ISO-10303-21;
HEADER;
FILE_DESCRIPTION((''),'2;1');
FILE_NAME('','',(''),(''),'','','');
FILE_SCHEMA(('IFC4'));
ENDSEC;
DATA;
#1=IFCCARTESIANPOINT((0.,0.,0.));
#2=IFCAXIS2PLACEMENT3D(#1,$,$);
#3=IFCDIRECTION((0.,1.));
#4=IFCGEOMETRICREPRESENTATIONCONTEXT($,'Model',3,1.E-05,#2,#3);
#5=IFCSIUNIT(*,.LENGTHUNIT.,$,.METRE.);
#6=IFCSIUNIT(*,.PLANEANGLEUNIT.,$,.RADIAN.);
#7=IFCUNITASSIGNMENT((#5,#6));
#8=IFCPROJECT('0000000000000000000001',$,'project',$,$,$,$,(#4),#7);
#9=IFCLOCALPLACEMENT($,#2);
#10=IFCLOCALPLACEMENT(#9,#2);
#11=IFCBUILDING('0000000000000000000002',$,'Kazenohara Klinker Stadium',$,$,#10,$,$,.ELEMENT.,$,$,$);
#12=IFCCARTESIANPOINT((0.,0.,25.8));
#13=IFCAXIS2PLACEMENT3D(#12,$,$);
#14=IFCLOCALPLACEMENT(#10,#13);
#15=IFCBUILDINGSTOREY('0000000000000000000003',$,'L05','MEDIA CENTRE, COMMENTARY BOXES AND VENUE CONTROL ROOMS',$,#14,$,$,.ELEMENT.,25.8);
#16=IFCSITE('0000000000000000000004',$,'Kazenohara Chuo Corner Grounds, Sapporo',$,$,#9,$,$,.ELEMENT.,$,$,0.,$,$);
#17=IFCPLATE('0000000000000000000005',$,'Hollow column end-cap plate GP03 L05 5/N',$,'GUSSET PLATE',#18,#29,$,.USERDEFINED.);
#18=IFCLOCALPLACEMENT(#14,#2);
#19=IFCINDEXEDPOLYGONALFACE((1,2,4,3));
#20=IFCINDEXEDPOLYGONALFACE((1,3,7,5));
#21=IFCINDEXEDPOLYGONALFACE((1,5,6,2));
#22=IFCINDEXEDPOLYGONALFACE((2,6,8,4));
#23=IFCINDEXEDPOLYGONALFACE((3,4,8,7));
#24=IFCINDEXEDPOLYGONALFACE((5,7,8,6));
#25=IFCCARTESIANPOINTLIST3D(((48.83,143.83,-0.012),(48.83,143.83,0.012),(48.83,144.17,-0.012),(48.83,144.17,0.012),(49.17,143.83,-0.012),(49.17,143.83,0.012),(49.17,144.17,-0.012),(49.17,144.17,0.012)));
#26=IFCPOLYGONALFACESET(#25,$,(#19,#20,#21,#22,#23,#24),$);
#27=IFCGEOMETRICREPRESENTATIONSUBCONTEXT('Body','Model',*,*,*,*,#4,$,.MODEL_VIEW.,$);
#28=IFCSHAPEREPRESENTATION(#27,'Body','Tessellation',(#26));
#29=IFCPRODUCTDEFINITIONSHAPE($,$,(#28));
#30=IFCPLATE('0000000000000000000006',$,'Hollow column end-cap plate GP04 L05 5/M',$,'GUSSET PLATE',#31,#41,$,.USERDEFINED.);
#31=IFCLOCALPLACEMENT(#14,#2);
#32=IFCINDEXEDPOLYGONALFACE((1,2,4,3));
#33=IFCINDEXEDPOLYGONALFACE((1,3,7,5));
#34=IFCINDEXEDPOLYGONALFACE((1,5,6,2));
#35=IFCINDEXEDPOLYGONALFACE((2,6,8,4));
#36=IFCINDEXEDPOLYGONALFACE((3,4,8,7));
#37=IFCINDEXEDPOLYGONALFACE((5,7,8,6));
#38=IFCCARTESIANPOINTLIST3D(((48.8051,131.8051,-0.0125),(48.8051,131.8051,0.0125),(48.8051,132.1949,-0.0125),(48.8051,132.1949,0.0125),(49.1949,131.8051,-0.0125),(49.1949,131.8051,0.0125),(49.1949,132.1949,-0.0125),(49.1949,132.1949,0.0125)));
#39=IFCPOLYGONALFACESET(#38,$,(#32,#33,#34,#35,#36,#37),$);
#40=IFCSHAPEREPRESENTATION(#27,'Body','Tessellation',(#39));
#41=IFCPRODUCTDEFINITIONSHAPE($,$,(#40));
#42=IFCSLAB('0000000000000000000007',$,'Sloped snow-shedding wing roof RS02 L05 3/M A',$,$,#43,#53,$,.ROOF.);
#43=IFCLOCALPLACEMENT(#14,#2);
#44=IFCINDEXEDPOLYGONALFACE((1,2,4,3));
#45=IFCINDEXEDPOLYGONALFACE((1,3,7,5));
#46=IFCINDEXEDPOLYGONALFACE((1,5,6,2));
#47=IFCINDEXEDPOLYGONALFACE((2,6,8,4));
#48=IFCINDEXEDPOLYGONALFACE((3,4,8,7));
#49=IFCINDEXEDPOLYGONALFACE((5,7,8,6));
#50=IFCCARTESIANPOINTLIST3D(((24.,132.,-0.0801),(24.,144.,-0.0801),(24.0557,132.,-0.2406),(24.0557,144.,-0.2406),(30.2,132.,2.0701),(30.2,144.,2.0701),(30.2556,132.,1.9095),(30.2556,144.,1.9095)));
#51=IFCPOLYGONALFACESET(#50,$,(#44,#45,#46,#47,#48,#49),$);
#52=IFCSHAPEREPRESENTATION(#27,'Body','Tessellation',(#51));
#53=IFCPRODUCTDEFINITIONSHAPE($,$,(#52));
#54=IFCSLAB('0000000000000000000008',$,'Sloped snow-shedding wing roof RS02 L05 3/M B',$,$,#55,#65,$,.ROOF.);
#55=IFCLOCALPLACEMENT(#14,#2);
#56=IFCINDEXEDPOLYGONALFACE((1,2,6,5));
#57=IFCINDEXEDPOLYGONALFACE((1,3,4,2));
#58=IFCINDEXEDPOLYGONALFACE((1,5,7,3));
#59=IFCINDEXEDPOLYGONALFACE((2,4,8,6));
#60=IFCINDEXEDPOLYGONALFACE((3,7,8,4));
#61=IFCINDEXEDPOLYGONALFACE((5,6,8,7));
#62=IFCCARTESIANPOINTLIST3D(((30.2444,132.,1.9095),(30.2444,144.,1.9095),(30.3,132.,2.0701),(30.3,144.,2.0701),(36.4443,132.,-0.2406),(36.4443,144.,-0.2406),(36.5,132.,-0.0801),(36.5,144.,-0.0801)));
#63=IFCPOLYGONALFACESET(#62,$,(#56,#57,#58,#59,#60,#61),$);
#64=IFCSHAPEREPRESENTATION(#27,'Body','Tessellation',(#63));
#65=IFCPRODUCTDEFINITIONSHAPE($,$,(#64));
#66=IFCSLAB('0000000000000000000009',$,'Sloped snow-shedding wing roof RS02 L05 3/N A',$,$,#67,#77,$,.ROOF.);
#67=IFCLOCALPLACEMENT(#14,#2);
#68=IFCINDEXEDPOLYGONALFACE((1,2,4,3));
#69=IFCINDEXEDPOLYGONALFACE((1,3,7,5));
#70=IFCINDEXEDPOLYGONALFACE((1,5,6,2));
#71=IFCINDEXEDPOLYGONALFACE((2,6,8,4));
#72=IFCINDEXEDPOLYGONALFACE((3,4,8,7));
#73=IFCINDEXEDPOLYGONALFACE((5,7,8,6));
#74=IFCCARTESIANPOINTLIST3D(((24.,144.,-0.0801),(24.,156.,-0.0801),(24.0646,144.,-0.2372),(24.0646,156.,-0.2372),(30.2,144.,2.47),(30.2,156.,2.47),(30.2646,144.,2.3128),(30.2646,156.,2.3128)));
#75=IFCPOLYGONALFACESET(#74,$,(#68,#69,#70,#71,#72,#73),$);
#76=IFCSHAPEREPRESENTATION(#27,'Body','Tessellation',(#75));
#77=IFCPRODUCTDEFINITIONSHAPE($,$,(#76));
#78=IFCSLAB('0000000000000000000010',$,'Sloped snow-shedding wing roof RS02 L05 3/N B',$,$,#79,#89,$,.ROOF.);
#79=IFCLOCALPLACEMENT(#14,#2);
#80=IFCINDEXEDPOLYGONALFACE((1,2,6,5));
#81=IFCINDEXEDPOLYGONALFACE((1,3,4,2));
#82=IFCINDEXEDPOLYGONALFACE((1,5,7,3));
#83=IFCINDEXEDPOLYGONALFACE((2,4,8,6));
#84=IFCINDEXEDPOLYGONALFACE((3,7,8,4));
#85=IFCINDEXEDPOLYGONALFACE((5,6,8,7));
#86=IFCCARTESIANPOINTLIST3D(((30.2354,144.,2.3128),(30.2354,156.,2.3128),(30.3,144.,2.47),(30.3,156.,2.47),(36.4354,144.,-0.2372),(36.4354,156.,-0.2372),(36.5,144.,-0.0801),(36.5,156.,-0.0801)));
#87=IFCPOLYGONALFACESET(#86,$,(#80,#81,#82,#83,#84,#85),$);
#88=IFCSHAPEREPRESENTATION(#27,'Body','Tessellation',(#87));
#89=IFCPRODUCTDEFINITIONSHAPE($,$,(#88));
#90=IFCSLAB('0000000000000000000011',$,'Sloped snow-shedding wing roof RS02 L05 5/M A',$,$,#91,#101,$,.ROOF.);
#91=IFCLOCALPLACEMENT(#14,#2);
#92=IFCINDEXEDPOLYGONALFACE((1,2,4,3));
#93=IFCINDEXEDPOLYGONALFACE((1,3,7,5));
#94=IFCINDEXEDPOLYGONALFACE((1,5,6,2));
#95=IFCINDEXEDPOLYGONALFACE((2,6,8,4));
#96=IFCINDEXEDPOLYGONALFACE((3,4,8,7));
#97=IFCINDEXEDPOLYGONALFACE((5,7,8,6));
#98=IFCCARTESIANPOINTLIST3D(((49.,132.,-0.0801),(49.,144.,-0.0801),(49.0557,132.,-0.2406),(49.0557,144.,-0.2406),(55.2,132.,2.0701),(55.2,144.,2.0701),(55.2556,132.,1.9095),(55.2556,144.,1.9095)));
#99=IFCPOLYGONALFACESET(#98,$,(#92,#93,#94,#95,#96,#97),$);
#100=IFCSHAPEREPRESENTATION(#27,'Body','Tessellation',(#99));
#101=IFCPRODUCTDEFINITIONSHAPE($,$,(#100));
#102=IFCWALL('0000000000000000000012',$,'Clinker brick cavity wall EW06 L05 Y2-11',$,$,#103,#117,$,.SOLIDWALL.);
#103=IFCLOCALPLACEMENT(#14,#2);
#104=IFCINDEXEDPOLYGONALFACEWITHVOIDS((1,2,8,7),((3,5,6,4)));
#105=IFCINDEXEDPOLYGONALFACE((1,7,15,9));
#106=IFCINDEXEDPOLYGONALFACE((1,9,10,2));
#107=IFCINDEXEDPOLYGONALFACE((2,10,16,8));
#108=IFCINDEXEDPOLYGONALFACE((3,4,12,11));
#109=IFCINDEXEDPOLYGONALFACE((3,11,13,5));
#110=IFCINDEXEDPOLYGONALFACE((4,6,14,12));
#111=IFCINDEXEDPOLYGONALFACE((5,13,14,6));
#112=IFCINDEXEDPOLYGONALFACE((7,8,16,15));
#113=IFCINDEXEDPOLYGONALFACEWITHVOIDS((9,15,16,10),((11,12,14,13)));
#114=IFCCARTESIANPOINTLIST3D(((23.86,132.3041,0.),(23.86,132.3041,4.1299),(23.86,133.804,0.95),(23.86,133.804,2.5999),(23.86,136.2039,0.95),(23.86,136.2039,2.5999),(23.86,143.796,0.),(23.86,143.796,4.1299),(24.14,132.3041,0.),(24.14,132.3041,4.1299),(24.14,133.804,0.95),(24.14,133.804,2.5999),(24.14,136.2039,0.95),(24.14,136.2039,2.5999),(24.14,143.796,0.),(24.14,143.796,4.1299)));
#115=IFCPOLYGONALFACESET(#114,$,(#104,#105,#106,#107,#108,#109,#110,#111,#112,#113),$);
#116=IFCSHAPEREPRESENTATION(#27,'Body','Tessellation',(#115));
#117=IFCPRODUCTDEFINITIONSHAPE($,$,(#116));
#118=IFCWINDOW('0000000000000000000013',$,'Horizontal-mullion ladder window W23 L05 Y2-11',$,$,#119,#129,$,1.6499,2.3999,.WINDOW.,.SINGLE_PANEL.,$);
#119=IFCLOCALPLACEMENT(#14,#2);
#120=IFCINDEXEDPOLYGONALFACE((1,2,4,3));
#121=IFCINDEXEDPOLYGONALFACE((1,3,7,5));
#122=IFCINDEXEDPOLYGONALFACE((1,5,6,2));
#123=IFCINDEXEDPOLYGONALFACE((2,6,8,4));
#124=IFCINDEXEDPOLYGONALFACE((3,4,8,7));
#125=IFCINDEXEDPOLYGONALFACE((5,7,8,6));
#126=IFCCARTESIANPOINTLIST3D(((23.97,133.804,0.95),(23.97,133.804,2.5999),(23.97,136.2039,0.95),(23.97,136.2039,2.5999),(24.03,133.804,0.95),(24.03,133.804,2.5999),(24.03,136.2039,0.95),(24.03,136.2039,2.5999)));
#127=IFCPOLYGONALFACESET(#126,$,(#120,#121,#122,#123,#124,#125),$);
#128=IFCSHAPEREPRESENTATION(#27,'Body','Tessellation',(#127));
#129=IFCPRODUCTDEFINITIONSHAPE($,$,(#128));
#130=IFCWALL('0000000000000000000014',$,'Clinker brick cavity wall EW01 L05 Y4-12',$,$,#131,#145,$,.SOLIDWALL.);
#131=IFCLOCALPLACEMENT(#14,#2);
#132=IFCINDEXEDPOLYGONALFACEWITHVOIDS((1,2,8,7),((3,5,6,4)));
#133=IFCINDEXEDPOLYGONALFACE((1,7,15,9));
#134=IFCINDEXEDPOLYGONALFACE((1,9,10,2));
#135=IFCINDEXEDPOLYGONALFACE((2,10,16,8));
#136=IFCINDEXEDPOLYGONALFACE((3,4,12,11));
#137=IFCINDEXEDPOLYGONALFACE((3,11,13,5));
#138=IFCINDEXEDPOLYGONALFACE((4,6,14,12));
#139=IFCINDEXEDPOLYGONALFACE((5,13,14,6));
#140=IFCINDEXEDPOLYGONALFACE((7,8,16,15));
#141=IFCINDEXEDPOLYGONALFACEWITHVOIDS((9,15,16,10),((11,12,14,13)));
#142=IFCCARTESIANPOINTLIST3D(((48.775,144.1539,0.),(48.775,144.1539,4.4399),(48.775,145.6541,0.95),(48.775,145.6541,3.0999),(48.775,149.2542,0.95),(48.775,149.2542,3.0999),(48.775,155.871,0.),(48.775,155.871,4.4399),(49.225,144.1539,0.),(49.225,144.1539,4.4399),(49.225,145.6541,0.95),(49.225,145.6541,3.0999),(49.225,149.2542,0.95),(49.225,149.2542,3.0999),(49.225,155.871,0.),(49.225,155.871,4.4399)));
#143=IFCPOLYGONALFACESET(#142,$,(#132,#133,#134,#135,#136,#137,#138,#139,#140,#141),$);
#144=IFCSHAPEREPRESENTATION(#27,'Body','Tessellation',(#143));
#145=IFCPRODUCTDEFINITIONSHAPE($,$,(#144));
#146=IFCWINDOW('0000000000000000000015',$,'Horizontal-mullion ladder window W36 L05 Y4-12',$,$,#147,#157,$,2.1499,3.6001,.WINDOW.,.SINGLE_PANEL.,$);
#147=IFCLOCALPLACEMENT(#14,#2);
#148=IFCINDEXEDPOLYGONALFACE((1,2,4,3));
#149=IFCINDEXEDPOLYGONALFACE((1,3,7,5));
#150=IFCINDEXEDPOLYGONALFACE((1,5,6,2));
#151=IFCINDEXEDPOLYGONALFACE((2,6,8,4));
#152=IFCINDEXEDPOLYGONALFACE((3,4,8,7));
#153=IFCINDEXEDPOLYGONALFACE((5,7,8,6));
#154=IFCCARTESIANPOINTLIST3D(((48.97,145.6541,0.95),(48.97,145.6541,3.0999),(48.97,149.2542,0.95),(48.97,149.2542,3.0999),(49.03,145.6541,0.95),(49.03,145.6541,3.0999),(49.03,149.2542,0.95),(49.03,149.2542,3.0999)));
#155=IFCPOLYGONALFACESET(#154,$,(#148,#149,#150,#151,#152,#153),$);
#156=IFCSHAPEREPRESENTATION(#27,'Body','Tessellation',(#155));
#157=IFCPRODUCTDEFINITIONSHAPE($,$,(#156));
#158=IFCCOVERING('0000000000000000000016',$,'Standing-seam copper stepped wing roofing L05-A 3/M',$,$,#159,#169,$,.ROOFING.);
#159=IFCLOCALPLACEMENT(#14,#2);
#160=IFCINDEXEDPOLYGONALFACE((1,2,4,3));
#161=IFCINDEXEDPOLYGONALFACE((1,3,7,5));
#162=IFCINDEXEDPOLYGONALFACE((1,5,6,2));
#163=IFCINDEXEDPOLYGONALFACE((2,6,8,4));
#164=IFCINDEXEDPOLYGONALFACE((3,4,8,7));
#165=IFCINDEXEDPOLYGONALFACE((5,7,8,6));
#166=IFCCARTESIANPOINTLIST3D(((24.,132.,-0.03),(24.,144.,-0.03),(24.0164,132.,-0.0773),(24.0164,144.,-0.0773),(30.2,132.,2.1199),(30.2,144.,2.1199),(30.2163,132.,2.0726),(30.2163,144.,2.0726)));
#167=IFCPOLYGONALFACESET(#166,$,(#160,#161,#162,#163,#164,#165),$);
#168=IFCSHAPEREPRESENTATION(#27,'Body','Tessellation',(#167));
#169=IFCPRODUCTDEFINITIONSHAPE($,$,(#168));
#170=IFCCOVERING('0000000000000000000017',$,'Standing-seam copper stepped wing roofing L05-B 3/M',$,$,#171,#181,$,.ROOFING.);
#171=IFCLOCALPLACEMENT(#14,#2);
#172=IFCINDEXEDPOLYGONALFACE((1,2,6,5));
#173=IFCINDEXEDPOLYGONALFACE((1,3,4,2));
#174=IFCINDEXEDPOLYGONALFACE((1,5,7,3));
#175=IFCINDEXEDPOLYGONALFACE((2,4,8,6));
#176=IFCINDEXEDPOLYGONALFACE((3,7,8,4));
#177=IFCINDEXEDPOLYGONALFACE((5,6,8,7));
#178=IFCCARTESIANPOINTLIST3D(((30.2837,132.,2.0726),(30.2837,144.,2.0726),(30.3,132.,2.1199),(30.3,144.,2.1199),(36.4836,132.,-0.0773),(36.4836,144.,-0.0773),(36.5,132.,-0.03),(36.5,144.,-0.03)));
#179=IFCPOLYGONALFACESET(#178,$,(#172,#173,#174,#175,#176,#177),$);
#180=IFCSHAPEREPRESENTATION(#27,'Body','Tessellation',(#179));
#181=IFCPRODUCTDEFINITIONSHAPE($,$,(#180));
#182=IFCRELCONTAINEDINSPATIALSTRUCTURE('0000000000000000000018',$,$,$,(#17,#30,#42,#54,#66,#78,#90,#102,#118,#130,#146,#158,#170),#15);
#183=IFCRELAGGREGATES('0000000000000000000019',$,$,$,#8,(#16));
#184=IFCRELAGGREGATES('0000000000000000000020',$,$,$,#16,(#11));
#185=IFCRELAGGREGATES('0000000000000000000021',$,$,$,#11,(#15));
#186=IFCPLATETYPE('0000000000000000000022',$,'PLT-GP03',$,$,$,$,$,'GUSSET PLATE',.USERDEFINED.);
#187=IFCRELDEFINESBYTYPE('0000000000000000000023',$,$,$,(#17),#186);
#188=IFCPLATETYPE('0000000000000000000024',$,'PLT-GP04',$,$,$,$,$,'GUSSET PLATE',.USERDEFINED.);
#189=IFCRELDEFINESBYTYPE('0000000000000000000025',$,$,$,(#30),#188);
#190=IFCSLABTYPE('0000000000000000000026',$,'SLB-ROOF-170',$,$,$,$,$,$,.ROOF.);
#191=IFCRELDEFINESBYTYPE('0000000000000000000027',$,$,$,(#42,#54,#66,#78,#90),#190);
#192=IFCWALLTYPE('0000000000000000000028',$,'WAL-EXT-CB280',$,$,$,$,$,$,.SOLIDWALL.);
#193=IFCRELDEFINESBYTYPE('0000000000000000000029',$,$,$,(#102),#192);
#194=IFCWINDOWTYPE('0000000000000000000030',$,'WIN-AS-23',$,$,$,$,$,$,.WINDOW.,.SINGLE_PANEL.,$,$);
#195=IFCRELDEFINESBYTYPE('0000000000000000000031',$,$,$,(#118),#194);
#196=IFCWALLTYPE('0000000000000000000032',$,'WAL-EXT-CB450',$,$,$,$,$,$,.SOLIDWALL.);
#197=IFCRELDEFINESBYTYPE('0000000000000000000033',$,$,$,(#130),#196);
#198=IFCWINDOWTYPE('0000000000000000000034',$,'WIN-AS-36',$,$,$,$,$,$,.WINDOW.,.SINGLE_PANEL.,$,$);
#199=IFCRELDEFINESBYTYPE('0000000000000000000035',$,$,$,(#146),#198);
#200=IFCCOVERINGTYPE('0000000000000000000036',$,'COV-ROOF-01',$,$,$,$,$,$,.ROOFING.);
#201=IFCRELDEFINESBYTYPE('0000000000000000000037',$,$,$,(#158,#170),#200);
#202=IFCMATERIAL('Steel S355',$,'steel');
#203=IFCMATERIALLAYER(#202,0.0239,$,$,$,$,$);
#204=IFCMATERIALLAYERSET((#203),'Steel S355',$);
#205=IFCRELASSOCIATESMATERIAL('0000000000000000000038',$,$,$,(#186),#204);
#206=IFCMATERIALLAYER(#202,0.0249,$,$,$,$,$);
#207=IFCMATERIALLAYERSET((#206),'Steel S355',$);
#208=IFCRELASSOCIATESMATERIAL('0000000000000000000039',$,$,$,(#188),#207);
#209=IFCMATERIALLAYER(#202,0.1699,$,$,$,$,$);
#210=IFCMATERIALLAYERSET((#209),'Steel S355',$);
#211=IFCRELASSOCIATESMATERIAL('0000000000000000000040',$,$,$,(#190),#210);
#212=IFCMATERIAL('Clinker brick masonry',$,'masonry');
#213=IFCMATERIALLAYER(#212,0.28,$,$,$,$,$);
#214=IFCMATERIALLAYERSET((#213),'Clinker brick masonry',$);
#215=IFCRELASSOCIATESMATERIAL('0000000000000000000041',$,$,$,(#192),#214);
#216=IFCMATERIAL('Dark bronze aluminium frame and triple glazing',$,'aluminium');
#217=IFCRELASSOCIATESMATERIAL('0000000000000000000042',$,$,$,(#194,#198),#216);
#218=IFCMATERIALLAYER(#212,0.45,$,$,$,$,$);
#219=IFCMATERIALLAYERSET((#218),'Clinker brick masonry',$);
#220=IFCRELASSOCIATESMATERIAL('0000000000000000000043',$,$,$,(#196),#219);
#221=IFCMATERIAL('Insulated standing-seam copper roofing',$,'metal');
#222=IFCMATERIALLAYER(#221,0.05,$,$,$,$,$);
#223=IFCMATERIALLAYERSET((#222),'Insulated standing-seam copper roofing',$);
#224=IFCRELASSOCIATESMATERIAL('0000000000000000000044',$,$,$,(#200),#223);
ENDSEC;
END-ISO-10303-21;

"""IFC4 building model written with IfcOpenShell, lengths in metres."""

from ifc_helpers import new_model, si_unit, direction, frame, frame_2d, origin, origin_2d, place, context, subcontext, project, spatial, polyline, rectangle, outline, extrude, material, layer, layer_set, type_object, element, fill, save


model = new_model("IFC4")

# Units and contexts
model_context = context("Model", 3, precision=1e-05, world=origin(), true_north=direction((0.0, 1.0)))
body_context = subcontext(model_context, "Body", "Model", "MODEL_VIEW")
ifc_project = project(units=[si_unit("LENGTHUNIT", "METRE"), si_unit("PLANEANGLEUNIT", "RADIAN")], contexts=[model_context])

# Site, building, storey
site_placement = place(None, origin())
site = spatial("IfcSite", under=ifc_project, at=site_placement, Name="Kazenohara Chuo Corner Grounds, Sapporo", CompositionType="ELEMENT", RefElevation=0.0)
building_placement = place(site_placement, origin())
building = spatial("IfcBuilding", under=site, at=building_placement, Name="Kazenohara Klinker Stadium", CompositionType="ELEMENT")
storey_placement = place(building_placement, frame((0.0, 0.0, 25.8)))
storey = spatial("IfcBuildingStorey", under=building, at=storey_placement, Name="L05", Description="MEDIA CENTRE, COMMENTARY BOXES AND VENUE CONTROL ROOMS", CompositionType="ELEMENT", Elevation=25.8)

# Shared definitions
ifc_material_1 = material(Name="Steel S355", Category="steel")

# Plates
ifc_layer_1 = layer(ifc_material_1, 0.0239)
ifc_layer_set_1 = layer_set([ifc_layer_1], Name="Steel S355")
plate_type_1 = type_object("IfcPlateType", Name="PLT-GP03", ElementType="GUSSET PLATE", PredefinedType="USERDEFINED", material=ifc_layer_set_1)
plate_1_placement = place(storey_placement, frame((49.0, 144.0, -0.012), z_axis=(0.0, 0.0, 1.0), x_axis=(1.0, 0.0, 0.0)))
element("IfcPlate", 1, at=plate_1_placement, inside=storey, type_object=plate_type_1, Name="Hollow column end-cap plate GP03 L05 5/N", ObjectType="GUSSET PLATE", PredefinedType="USERDEFINED", context=body_context, shape_type="SweptSolid", body=[
    extrude(rectangle(XDim=0.3401, YDim=0.3401, at=origin_2d()), origin(), (0.0, 0.0, 1.0), 0.0239),
])
ifc_layer_2 = layer(ifc_material_1, 0.0249)
ifc_layer_set_2 = layer_set([ifc_layer_2], Name="Steel S355")
plate_type_2 = type_object("IfcPlateType", Name="PLT-GP04", ElementType="GUSSET PLATE", PredefinedType="USERDEFINED", material=ifc_layer_set_2)
plate_2_placement = place(storey_placement, frame((49.0, 132.0, -0.0125), z_axis=(0.0, 0.0, 1.0), x_axis=(1.0, 0.0, 0.0)))
element("IfcPlate", 2, at=plate_2_placement, inside=storey, type_object=plate_type_2, Name="Hollow column end-cap plate GP04 L05 5/M", ObjectType="GUSSET PLATE", PredefinedType="USERDEFINED", context=body_context, shape_type="SweptSolid", body=[
    extrude(rectangle(XDim=0.3899, YDim=0.3899, at=origin_2d()), origin(), (0.0, 0.0, 1.0), 0.0249),
])

# Slabs
ifc_layer_3 = layer(ifc_material_1, 0.1699)
ifc_layer_set_3 = layer_set([ifc_layer_3], Name="Steel S355")
slab_type = type_object("IfcSlabType", Name="SLB-ROOF-170", PredefinedType="ROOF", material=ifc_layer_set_3)
for number, where, z_axis, x_axis, name in (
    (3, (24.0, 132.0, -0.0801), (-0.327656, 0.0, 0.944797), (0.944797, 0.0, 0.327656), "Sloped snow-shedding wing roof RS02 L05 3/M A"),
    (4, (30.3, 132.0, 2.0701), (0.327656, 0.0, 0.944797), (0.944797, 0.0, -0.327656), "Sloped snow-shedding wing roof RS02 L05 3/M B"),
):
    element("IfcSlab", number, at=place(storey_placement, frame(where, z_axis=z_axis, x_axis=x_axis)), inside=storey, type_object=slab_type, Name=name, PredefinedType="ROOF", context=body_context, shape_type="SweptSolid", body=[
        extrude(outline(polyline([(0.0, 0.0), (6.5622, 0.0), (6.5622, 12.0), (0.0, 12.0), (0.0, 0.0)])), origin(), (0.0, 0.0, -1.0), 0.1699),
    ])
for number, where, z_axis, x_axis, name in (
    (5, (24.0, 144.0, -0.0801), (-0.380383, 0.0, 0.924829), (0.924829, 0.0, 0.380383), "Sloped snow-shedding wing roof RS02 L05 3/N A"),
    (6, (30.3, 144.0, 2.47), (0.380383, 0.0, 0.924829), (0.924829, 0.0, -0.380383), "Sloped snow-shedding wing roof RS02 L05 3/N B"),
):
    element("IfcSlab", number, at=place(storey_placement, frame(where, z_axis=z_axis, x_axis=x_axis)), inside=storey, type_object=slab_type, Name=name, PredefinedType="ROOF", context=body_context, shape_type="SweptSolid", body=[
        extrude(outline(polyline([(0.0, 0.0), (6.7039, 0.0), (6.7039, 12.0), (0.0, 12.0), (0.0, 0.0)])), origin(), (0.0, 0.0, -1.0), 0.1699),
    ])
slab_placement = place(storey_placement, frame((49.0, 132.0, -0.0801), z_axis=(-0.327656, 0.0, 0.944797), x_axis=(0.944797, 0.0, 0.327656)))
element("IfcSlab", 7, at=slab_placement, inside=storey, type_object=slab_type, Name="Sloped snow-shedding wing roof RS02 L05 5/M A", PredefinedType="ROOF", context=body_context, shape_type="SweptSolid", body=[
    extrude(outline(polyline([(0.0, 0.0), (6.5622, 0.0), (6.5622, 12.0), (0.0, 12.0), (0.0, 0.0)])), origin(), (0.0, 0.0, -1.0), 0.1699),
])

# Walls, openings, windows
ifc_material_2 = material(Name="Clinker brick masonry", Category="masonry")
ifc_layer_4 = layer(ifc_material_2, 0.28)
ifc_layer_set_4 = layer_set([ifc_layer_4], Name="Clinker brick masonry")
wall_type_1 = type_object("IfcWallType", Name="WAL-EXT-CB280", PredefinedType="SOLIDWALL", material=ifc_layer_set_4)
wall_1_placement = place(storey_placement, frame((24.0, 132.304, 0.0), z_axis=(0.0, 0.0, 1.0), x_axis=(0.0, 1.0, 0.0)))
wall_1 = element("IfcWall", 8, at=wall_1_placement, inside=storey, type_object=wall_type_1, Name="Clinker brick cavity wall EW06 L05 Y2-11", PredefinedType="SOLIDWALL", context=body_context, shape_type="SweptSolid", body=[
    extrude(rectangle(XDim=11.4919, YDim=0.28, at=frame_2d((5.7461, 0.0))), origin(), (0.0, 0.0, 1.0), 4.1299),
])
opening_1_placement = place(wall_1_placement, frame((1.5, 0.0, 0.95)))
opening_1 = element("IfcOpeningElement", 9, at=opening_1_placement, cuts=wall_1, PredefinedType="OPENING", context=body_context, shape_type="SweptSolid", body=[
    extrude(rectangle(XDim=2.3999, YDim=1.6499, at=frame_2d((1.2, 0.825))), frame((0.0, 0.1499, 0.0), z_axis=(0.0, -1.0, 0.0), x_axis=(1.0, 0.0, 0.0)), (0.0, 0.0, 1.0), 0.3),
])
ifc_material_3 = material(Name="Dark bronze aluminium frame and triple glazing", Category="aluminium")
window_type_1 = type_object("IfcWindowType", Name="WIN-AS-23", PartitioningType="SINGLE_PANEL", PredefinedType="WINDOW", material=ifc_material_3)
window_1_placement = place(opening_1_placement, origin())
window_1 = element("IfcWindow", 10, at=window_1_placement, inside=storey, type_object=window_type_1, Name="Horizontal-mullion ladder window W23 L05 Y2-11", OverallHeight=1.6499, OverallWidth=2.3999, PartitioningType="SINGLE_PANEL", PredefinedType="WINDOW", context=body_context, shape_type="SweptSolid", body=[
    extrude(rectangle(XDim=2.3999, YDim=1.6499, at=frame_2d((1.2, 0.825))), frame((0.0, 0.03, 0.0), z_axis=(0.0, -1.0, 0.0), x_axis=(1.0, 0.0, 0.0)), (0.0, 0.0, 1.0), 0.0601),
])
fill(opening_1, window_1)
ifc_layer_5 = layer(ifc_material_2, 0.45)
ifc_layer_set_5 = layer_set([ifc_layer_5], Name="Clinker brick masonry")
wall_type_2 = type_object("IfcWallType", Name="WAL-EXT-CB450", PredefinedType="SOLIDWALL", material=ifc_layer_set_5)
wall_2_placement = place(storey_placement, frame((49.0, 144.1541, 0.0), z_axis=(0.0, 0.0, 1.0), x_axis=(0.0, 1.0, 0.0)))
wall_2 = element("IfcWall", 11, at=wall_2_placement, inside=storey, type_object=wall_type_2, Name="Clinker brick cavity wall EW01 L05 Y4-12", PredefinedType="SOLIDWALL", context=body_context, shape_type="SweptSolid", body=[
    extrude(rectangle(XDim=11.717, YDim=0.45, at=frame_2d((5.8584, 0.0))), origin(), (0.0, 0.0, 1.0), 4.4399),
])
opening_2_placement = place(wall_2_placement, frame((1.5, 0.0, 0.95)))
opening_2 = element("IfcOpeningElement", 12, at=opening_2_placement, cuts=wall_2, PredefinedType="OPENING", context=body_context, shape_type="SweptSolid", body=[
    extrude(rectangle(XDim=3.6001, YDim=2.1499, at=frame_2d((1.8, 1.075))), frame((0.0, 0.2349, 0.0), z_axis=(0.0, -1.0, 0.0), x_axis=(1.0, 0.0, 0.0)), (0.0, 0.0, 1.0), 0.47),
])
window_type_2 = type_object("IfcWindowType", Name="WIN-AS-36", PartitioningType="SINGLE_PANEL", PredefinedType="WINDOW", material=ifc_material_3)
window_2_placement = place(opening_2_placement, origin())
window_2 = element("IfcWindow", 13, at=window_2_placement, inside=storey, type_object=window_type_2, Name="Horizontal-mullion ladder window W36 L05 Y4-12", OverallHeight=2.1499, OverallWidth=3.6001, PartitioningType="SINGLE_PANEL", PredefinedType="WINDOW", context=body_context, shape_type="SweptSolid", body=[
    extrude(rectangle(XDim=3.6001, YDim=2.1499, at=frame_2d((1.8, 1.075))), frame((0.0, 0.03, 0.0), z_axis=(0.0, -1.0, 0.0), x_axis=(1.0, 0.0, 0.0)), (0.0, 0.0, 1.0), 0.0601),
])
fill(opening_2, window_2)

# Coverings
ifc_material_4 = material(Name="Insulated standing-seam copper roofing", Category="metal")
ifc_layer_6 = layer(ifc_material_4, 0.05)
ifc_layer_set_6 = layer_set([ifc_layer_6], Name="Insulated standing-seam copper roofing")
covering_type = type_object("IfcCoveringType", Name="COV-ROOF-01", PredefinedType="ROOFING", material=ifc_layer_set_6)
for number, where, z_axis, x_axis, name in (
    (14, (24.0, 132.0, -0.03), (-0.327623, 0.0, 0.944809), (0.944809, 0.0, 0.327623), "Standing-seam copper stepped wing roofing L05-A 3/M"),
    (15, (30.3, 132.0, 2.1199), (0.327623, 0.0, 0.944809), (0.944809, 0.0, -0.327623), "Standing-seam copper stepped wing roofing L05-B 3/M"),
):
    element("IfcCovering", number, at=place(storey_placement, frame(where, z_axis=z_axis, x_axis=x_axis)), inside=storey, type_object=covering_type, Name=name, PredefinedType="ROOFING", context=body_context, shape_type="SweptSolid", body=[
        extrude(outline(polyline([(0.0, 0.0), (6.5621, 0.0), (6.5621, 12.0), (0.0, 12.0), (0.0, 0.0)])), origin(), (0.0, 0.0, -1.0), 0.05),
    ])

save(model, "model.ifc")
